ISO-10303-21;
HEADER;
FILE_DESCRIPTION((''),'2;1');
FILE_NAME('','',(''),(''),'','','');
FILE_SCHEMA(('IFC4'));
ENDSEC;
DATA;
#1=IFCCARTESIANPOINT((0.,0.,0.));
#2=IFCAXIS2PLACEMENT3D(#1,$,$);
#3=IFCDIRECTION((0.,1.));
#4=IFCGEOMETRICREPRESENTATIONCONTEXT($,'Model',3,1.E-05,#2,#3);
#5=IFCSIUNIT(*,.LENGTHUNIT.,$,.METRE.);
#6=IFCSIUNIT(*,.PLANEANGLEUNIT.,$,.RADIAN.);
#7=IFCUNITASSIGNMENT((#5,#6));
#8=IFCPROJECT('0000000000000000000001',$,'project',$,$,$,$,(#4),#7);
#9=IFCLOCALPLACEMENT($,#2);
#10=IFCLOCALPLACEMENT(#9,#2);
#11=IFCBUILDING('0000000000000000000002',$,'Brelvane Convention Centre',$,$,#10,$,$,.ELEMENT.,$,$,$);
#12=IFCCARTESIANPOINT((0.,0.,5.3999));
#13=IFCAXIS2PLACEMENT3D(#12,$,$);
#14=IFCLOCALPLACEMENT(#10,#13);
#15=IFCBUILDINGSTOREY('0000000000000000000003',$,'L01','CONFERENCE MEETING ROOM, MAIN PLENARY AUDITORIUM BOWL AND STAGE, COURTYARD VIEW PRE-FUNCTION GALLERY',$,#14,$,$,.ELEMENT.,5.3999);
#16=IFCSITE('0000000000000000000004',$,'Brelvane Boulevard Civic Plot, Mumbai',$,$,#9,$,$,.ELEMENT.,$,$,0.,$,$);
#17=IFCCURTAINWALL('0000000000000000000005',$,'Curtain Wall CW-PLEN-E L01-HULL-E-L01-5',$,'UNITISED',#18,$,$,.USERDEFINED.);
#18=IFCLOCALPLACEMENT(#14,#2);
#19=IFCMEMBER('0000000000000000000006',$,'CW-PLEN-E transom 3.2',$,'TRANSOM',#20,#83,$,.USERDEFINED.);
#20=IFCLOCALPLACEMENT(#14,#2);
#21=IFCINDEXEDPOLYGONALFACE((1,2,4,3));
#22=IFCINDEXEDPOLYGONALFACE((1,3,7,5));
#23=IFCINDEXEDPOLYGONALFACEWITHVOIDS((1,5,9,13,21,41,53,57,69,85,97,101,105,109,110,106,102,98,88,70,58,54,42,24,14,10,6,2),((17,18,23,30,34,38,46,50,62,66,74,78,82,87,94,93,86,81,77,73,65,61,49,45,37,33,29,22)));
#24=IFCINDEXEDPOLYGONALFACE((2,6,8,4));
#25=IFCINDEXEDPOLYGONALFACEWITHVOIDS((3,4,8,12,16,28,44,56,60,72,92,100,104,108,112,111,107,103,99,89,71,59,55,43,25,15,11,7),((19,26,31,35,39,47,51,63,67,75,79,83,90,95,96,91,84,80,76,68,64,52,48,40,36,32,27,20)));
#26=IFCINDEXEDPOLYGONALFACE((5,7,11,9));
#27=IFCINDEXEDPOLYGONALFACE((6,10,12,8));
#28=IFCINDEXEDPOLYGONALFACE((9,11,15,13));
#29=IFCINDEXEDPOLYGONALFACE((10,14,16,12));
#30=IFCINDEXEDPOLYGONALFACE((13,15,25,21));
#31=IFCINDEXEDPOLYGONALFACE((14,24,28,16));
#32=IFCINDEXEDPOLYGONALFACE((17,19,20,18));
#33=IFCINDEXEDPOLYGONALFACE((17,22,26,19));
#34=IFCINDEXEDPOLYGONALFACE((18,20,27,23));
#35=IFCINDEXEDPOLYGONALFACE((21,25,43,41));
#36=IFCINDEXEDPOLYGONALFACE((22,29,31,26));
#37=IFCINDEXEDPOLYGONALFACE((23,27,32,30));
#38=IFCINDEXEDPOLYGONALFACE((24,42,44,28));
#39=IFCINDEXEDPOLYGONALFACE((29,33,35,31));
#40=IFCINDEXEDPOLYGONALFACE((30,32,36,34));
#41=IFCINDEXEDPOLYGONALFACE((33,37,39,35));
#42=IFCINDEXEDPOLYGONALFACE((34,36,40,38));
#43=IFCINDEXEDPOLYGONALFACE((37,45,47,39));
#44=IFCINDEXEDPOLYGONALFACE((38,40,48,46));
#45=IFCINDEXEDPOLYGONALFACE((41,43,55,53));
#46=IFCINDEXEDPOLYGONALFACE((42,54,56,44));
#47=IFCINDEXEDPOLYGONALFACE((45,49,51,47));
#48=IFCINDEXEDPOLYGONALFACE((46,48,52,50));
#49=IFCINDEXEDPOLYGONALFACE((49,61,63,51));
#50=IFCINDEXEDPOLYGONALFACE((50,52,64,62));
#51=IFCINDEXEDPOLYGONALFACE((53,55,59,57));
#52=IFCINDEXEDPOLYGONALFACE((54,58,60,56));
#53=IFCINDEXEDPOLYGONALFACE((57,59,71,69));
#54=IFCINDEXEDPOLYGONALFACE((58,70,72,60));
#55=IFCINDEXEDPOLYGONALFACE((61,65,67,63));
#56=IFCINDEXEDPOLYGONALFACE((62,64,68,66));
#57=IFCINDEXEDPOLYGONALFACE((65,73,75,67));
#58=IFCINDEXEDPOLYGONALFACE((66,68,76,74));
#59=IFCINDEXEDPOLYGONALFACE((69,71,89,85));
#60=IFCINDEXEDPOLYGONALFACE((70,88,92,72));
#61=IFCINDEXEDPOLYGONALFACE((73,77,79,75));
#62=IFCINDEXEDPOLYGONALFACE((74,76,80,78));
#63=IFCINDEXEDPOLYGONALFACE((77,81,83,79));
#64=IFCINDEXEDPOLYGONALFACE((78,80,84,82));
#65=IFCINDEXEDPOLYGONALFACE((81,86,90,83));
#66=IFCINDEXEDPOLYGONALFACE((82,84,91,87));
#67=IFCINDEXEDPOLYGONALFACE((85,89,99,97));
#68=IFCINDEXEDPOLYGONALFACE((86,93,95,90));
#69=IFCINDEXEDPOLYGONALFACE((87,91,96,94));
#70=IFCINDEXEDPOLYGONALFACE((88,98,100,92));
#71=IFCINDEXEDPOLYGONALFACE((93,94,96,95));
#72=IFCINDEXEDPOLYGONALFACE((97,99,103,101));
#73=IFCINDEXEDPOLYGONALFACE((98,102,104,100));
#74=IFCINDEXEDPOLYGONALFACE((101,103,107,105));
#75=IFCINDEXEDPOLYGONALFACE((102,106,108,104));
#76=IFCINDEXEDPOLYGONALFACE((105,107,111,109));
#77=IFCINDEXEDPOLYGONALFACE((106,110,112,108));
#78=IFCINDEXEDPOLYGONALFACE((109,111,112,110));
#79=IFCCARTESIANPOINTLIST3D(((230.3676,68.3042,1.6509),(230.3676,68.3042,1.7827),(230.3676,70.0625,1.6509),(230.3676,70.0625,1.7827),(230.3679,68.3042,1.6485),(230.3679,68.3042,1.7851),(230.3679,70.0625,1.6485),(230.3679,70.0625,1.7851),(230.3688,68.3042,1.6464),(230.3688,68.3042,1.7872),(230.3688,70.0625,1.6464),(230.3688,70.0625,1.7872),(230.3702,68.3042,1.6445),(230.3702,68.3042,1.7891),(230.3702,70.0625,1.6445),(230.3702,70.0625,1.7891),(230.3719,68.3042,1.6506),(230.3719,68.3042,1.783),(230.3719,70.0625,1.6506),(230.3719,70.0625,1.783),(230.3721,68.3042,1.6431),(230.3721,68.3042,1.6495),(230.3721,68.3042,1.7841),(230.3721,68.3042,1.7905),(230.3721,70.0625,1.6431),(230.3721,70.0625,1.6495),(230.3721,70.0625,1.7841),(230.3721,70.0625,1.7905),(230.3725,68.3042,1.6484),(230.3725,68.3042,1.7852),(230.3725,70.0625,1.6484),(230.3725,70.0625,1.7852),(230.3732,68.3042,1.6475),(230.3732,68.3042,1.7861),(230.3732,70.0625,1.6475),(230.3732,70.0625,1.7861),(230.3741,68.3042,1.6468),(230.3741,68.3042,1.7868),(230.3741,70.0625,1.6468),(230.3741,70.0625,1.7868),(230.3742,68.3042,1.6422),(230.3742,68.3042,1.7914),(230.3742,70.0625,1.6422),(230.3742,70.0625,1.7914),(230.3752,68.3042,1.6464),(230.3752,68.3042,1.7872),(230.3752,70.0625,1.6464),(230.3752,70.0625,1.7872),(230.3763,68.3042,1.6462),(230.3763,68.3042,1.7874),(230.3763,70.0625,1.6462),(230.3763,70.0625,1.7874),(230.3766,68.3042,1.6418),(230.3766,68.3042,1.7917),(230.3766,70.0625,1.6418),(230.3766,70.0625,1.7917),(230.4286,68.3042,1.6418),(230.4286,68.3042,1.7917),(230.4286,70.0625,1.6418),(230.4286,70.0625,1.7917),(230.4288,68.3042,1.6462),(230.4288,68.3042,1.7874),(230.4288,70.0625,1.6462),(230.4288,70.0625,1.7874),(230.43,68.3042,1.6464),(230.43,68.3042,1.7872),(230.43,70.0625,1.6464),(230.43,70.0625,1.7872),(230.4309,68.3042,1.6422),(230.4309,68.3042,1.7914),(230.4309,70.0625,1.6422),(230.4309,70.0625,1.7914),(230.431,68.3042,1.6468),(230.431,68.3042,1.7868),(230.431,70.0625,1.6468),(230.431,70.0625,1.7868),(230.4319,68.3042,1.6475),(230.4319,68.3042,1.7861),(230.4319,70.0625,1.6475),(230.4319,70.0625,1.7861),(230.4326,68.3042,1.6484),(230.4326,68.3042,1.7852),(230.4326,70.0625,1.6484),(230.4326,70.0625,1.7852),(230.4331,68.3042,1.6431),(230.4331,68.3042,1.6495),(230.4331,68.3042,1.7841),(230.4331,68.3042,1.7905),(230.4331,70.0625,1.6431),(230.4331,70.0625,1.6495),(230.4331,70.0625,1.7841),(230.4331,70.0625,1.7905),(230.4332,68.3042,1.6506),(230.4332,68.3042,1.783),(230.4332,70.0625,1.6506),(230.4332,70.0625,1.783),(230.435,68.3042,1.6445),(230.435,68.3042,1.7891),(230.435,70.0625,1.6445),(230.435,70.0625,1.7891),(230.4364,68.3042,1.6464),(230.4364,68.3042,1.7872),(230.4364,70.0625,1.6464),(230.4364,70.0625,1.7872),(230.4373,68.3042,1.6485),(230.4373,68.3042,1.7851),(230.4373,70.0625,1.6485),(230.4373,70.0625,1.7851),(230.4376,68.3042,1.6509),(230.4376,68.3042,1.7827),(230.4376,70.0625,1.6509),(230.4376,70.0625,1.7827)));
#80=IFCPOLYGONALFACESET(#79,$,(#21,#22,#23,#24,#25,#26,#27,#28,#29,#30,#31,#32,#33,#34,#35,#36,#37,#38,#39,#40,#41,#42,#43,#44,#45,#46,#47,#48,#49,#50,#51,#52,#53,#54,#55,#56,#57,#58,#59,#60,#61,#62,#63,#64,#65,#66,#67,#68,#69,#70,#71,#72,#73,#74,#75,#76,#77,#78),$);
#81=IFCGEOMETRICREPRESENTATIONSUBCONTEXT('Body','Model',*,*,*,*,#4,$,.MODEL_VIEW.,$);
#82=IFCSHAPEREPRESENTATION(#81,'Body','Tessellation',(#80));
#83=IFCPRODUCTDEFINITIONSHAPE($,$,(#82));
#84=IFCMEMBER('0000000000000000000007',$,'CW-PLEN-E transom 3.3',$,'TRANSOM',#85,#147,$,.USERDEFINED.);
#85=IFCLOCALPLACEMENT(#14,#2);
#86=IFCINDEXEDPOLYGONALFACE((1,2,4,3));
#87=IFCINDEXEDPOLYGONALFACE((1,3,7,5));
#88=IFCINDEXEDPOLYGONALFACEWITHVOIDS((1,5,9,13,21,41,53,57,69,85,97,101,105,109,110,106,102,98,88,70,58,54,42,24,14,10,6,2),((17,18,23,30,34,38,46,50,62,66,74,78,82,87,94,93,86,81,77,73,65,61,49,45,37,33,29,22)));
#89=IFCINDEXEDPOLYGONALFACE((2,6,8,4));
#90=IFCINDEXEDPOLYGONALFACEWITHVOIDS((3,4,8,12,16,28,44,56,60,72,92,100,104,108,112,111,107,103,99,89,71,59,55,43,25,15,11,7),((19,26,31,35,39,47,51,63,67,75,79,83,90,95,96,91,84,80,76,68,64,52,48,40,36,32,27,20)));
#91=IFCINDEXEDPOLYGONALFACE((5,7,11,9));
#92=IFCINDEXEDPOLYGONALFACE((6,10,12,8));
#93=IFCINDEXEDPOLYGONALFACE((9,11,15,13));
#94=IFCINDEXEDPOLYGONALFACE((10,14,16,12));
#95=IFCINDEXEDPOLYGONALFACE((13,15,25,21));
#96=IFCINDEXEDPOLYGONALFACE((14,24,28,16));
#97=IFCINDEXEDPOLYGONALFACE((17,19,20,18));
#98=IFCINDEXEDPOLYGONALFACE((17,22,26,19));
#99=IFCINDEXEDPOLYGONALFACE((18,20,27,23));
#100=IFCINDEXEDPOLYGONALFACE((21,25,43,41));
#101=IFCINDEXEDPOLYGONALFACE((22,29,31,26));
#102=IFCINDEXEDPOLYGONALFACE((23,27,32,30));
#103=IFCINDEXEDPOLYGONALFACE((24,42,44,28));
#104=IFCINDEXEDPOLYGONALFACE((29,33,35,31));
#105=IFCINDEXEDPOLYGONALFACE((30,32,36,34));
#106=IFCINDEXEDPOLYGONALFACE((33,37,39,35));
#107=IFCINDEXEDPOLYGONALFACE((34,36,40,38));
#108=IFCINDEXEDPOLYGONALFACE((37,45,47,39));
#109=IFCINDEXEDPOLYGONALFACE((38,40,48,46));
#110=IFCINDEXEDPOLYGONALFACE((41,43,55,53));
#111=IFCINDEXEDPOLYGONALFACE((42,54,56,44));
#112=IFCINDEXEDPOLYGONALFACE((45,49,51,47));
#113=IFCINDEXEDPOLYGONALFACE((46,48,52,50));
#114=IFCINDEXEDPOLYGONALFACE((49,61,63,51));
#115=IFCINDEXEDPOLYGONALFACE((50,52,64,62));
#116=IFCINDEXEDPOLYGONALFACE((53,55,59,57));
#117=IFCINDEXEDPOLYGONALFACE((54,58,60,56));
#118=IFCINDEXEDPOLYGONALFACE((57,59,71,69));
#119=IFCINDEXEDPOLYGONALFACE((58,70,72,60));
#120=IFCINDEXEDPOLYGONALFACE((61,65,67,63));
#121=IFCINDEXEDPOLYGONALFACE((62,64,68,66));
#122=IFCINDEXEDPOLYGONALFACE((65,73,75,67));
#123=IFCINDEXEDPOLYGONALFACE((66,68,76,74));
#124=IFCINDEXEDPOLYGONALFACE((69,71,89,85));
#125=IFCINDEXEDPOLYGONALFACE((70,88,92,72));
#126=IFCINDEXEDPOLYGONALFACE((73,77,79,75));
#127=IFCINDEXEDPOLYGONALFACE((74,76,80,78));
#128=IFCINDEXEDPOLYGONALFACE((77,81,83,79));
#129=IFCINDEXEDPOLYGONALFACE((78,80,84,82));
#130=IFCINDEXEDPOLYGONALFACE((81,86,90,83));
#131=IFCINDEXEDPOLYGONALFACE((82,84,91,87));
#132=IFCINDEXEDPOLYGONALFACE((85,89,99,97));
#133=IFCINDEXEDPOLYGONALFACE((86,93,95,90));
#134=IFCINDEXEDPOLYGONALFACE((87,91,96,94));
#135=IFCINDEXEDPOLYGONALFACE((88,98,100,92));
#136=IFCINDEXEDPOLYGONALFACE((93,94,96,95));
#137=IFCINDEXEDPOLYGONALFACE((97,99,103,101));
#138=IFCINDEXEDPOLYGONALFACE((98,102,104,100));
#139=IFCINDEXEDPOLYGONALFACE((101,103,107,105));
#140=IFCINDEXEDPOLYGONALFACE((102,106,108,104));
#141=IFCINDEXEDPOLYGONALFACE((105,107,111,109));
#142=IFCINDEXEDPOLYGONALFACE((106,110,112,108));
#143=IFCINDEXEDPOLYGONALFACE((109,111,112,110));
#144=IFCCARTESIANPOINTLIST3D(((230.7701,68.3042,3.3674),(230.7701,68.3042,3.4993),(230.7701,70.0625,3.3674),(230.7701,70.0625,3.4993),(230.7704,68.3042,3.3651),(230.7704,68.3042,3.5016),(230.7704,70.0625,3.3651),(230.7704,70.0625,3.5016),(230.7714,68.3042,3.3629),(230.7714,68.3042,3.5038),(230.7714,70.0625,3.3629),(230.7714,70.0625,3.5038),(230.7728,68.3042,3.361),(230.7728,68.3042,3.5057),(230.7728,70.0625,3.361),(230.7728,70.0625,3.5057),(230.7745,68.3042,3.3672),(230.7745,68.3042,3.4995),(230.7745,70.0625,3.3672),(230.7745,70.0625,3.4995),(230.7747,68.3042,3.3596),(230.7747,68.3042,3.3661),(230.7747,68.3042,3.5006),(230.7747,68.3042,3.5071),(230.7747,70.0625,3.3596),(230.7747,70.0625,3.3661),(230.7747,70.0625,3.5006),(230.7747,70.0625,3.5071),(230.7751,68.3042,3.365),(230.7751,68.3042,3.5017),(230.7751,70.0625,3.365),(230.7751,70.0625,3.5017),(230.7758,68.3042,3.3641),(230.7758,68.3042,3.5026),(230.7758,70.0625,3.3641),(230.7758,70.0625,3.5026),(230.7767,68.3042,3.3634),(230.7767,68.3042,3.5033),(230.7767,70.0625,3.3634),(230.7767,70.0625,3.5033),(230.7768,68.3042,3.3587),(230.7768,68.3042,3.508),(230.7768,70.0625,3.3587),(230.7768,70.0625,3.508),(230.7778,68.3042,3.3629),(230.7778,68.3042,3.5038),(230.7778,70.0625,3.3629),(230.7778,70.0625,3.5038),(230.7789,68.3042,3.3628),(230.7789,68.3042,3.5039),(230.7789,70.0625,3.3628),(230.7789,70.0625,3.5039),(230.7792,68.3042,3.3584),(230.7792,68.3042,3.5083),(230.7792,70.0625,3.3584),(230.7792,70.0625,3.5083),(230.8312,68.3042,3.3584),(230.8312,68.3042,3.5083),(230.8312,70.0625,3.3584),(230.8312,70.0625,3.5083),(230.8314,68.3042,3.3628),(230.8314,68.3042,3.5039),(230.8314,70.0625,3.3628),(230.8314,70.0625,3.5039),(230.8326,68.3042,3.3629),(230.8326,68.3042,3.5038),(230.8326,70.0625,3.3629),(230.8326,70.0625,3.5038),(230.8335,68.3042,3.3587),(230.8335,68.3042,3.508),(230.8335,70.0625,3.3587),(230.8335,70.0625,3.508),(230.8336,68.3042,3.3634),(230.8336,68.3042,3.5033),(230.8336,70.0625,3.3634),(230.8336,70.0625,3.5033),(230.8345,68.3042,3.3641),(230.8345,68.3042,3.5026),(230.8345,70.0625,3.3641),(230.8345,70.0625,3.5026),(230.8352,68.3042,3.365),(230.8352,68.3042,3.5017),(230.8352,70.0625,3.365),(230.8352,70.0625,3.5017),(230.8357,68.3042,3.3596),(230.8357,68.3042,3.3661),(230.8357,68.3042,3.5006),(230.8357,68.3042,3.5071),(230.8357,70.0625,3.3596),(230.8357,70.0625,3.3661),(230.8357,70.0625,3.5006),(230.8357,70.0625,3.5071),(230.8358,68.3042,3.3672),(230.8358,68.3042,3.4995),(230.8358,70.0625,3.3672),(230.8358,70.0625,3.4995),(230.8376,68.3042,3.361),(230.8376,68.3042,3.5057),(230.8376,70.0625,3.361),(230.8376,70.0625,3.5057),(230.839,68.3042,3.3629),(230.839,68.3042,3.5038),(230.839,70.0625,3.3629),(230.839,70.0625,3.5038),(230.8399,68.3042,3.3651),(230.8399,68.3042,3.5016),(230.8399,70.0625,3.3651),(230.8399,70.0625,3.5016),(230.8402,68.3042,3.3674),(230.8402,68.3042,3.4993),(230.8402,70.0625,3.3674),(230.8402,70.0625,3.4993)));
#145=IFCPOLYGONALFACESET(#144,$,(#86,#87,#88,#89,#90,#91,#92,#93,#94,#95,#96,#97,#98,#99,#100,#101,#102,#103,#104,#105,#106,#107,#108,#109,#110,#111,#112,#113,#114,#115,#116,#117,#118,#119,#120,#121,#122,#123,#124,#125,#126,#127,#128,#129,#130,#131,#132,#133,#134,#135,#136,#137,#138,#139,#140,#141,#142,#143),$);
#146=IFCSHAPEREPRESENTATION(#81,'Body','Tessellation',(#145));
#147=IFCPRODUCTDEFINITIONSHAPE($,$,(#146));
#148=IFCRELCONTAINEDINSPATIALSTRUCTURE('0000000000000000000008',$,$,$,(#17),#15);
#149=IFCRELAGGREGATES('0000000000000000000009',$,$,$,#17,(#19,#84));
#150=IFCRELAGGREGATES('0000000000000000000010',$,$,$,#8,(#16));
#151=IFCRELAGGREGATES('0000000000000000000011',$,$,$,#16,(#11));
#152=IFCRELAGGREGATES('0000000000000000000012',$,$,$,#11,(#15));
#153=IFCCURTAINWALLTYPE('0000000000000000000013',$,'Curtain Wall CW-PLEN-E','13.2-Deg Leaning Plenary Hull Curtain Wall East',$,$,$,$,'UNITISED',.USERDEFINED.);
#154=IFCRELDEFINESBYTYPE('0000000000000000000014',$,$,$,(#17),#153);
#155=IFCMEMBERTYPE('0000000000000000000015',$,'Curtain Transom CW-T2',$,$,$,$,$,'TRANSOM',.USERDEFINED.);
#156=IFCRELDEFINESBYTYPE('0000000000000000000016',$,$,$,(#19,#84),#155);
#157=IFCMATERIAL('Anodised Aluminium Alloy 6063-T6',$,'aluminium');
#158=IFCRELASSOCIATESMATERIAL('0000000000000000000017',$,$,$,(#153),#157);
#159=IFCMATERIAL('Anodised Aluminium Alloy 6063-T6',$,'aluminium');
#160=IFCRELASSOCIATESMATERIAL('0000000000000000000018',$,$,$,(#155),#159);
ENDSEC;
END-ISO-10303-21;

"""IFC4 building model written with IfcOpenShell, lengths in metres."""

from ifc_helpers import new_model, si_unit, direction, frame, origin, origin_2d, place, context, subcontext, project, spatial, hollow_rectangle, extrude, material, material_profile, profile_set, type_object, element, aggregate, save


model = new_model("IFC4")

# Units and contexts
model_context = context("Model", 3, precision=1e-05, world=origin(), true_north=direction((0.0, 1.0)))
body_context = subcontext(model_context, "Body", "Model", "MODEL_VIEW")
ifc_project = project(units=[si_unit("LENGTHUNIT", "METRE"), si_unit("PLANEANGLEUNIT", "RADIAN")], contexts=[model_context])

# Site, building, storey
site_placement = place(None, origin())
site = spatial("IfcSite", under=ifc_project, at=site_placement, Name="Brelvane Boulevard Civic Plot, Mumbai", CompositionType="ELEMENT", RefElevation=0.0)
building_placement = place(site_placement, origin())
building = spatial("IfcBuilding", under=site, at=building_placement, Name="Brelvane Convention Centre", CompositionType="ELEMENT")
storey_placement = place(building_placement, frame((0.0, 0.0, 5.3999)))
storey = spatial("IfcBuildingStorey", under=building, at=storey_placement, Name="L01", Description="CONFERENCE MEETING ROOM, MAIN PLENARY AUDITORIUM BOWL AND STAGE, COURTYARD VIEW PRE-FUNCTION GALLERY", CompositionType="ELEMENT", Elevation=5.3999)

# Curtain wall, members
ifc_material_1 = material(Name="Anodised Aluminium Alloy 6063-T6", Category="aluminium")
curtain_wall_type = type_object("IfcCurtainWallType", Name="Curtain Wall CW-PLEN-E", Description="13.2-Deg Leaning Plenary Hull Curtain Wall East", ElementType="UNITISED", PredefinedType="USERDEFINED", material=ifc_material_1)
curtain_wall_placement = place(storey_placement, origin())
curtain_wall = element("IfcCurtainWall", 1, at=curtain_wall_placement, inside=storey, type_object=curtain_wall_type, Name="Curtain Wall CW-PLEN-E L01-HULL-E-L01-5", ObjectType="UNITISED", PredefinedType="USERDEFINED")
ifc_material_2 = material(Name="Anodised Aluminium Alloy 6063-T6", Category="aluminium")
ifc_material_profile = material_profile(ifc_material_2, hollow_rectangle(XDim=0.0701, YDim=0.1499, WallThickness=0.0044, InnerFilletRadius=0.0044, OuterFilletRadius=0.009, at=origin_2d()), Name="ALU-T 150x70x4.5")
ifc_profile_set = profile_set([ifc_material_profile], Name="Anodised Aluminium Alloy 6063-T6")
member_type = type_object("IfcMemberType", Name="Curtain Transom CW-T2", ElementType="TRANSOM", PredefinedType="USERDEFINED", material=ifc_profile_set)
member_1_placement = place(storey_placement, frame((230.4026, 68.3042, 1.7168), z_axis=(0.0, 1.0, 0.0), x_axis=(-1.0, 0.0, 0.0)))
member_1 = element("IfcMember", 2, at=member_1_placement, type_object=member_type, Name="CW-PLEN-E transom 3.2", ObjectType="TRANSOM", PredefinedType="USERDEFINED", context=body_context, shape_type="SweptSolid", body=[
    extrude(hollow_rectangle(XDim=0.0701, YDim=0.1499, WallThickness=0.0044, InnerFilletRadius=0.0044, OuterFilletRadius=0.009, at=origin_2d()), origin(), (0.0, 0.0, 1.0), 1.7583),
])
member_2_placement = place(storey_placement, frame((230.8052, 68.3042, 3.4333), z_axis=(0.0, 1.0, 0.0), x_axis=(-1.0, 0.0, 0.0)))
member_2 = element("IfcMember", 3, at=member_2_placement, type_object=member_type, Name="CW-PLEN-E transom 3.3", ObjectType="TRANSOM", PredefinedType="USERDEFINED", context=body_context, shape_type="SweptSolid", body=[
    extrude(hollow_rectangle(XDim=0.0701, YDim=0.1499, WallThickness=0.0044, InnerFilletRadius=0.0044, OuterFilletRadius=0.009, at=origin_2d()), origin(), (0.0, 0.0, 1.0), 1.7583),
])
aggregate(curtain_wall, [member_1, member_2])

save(model, "model.ifc")
